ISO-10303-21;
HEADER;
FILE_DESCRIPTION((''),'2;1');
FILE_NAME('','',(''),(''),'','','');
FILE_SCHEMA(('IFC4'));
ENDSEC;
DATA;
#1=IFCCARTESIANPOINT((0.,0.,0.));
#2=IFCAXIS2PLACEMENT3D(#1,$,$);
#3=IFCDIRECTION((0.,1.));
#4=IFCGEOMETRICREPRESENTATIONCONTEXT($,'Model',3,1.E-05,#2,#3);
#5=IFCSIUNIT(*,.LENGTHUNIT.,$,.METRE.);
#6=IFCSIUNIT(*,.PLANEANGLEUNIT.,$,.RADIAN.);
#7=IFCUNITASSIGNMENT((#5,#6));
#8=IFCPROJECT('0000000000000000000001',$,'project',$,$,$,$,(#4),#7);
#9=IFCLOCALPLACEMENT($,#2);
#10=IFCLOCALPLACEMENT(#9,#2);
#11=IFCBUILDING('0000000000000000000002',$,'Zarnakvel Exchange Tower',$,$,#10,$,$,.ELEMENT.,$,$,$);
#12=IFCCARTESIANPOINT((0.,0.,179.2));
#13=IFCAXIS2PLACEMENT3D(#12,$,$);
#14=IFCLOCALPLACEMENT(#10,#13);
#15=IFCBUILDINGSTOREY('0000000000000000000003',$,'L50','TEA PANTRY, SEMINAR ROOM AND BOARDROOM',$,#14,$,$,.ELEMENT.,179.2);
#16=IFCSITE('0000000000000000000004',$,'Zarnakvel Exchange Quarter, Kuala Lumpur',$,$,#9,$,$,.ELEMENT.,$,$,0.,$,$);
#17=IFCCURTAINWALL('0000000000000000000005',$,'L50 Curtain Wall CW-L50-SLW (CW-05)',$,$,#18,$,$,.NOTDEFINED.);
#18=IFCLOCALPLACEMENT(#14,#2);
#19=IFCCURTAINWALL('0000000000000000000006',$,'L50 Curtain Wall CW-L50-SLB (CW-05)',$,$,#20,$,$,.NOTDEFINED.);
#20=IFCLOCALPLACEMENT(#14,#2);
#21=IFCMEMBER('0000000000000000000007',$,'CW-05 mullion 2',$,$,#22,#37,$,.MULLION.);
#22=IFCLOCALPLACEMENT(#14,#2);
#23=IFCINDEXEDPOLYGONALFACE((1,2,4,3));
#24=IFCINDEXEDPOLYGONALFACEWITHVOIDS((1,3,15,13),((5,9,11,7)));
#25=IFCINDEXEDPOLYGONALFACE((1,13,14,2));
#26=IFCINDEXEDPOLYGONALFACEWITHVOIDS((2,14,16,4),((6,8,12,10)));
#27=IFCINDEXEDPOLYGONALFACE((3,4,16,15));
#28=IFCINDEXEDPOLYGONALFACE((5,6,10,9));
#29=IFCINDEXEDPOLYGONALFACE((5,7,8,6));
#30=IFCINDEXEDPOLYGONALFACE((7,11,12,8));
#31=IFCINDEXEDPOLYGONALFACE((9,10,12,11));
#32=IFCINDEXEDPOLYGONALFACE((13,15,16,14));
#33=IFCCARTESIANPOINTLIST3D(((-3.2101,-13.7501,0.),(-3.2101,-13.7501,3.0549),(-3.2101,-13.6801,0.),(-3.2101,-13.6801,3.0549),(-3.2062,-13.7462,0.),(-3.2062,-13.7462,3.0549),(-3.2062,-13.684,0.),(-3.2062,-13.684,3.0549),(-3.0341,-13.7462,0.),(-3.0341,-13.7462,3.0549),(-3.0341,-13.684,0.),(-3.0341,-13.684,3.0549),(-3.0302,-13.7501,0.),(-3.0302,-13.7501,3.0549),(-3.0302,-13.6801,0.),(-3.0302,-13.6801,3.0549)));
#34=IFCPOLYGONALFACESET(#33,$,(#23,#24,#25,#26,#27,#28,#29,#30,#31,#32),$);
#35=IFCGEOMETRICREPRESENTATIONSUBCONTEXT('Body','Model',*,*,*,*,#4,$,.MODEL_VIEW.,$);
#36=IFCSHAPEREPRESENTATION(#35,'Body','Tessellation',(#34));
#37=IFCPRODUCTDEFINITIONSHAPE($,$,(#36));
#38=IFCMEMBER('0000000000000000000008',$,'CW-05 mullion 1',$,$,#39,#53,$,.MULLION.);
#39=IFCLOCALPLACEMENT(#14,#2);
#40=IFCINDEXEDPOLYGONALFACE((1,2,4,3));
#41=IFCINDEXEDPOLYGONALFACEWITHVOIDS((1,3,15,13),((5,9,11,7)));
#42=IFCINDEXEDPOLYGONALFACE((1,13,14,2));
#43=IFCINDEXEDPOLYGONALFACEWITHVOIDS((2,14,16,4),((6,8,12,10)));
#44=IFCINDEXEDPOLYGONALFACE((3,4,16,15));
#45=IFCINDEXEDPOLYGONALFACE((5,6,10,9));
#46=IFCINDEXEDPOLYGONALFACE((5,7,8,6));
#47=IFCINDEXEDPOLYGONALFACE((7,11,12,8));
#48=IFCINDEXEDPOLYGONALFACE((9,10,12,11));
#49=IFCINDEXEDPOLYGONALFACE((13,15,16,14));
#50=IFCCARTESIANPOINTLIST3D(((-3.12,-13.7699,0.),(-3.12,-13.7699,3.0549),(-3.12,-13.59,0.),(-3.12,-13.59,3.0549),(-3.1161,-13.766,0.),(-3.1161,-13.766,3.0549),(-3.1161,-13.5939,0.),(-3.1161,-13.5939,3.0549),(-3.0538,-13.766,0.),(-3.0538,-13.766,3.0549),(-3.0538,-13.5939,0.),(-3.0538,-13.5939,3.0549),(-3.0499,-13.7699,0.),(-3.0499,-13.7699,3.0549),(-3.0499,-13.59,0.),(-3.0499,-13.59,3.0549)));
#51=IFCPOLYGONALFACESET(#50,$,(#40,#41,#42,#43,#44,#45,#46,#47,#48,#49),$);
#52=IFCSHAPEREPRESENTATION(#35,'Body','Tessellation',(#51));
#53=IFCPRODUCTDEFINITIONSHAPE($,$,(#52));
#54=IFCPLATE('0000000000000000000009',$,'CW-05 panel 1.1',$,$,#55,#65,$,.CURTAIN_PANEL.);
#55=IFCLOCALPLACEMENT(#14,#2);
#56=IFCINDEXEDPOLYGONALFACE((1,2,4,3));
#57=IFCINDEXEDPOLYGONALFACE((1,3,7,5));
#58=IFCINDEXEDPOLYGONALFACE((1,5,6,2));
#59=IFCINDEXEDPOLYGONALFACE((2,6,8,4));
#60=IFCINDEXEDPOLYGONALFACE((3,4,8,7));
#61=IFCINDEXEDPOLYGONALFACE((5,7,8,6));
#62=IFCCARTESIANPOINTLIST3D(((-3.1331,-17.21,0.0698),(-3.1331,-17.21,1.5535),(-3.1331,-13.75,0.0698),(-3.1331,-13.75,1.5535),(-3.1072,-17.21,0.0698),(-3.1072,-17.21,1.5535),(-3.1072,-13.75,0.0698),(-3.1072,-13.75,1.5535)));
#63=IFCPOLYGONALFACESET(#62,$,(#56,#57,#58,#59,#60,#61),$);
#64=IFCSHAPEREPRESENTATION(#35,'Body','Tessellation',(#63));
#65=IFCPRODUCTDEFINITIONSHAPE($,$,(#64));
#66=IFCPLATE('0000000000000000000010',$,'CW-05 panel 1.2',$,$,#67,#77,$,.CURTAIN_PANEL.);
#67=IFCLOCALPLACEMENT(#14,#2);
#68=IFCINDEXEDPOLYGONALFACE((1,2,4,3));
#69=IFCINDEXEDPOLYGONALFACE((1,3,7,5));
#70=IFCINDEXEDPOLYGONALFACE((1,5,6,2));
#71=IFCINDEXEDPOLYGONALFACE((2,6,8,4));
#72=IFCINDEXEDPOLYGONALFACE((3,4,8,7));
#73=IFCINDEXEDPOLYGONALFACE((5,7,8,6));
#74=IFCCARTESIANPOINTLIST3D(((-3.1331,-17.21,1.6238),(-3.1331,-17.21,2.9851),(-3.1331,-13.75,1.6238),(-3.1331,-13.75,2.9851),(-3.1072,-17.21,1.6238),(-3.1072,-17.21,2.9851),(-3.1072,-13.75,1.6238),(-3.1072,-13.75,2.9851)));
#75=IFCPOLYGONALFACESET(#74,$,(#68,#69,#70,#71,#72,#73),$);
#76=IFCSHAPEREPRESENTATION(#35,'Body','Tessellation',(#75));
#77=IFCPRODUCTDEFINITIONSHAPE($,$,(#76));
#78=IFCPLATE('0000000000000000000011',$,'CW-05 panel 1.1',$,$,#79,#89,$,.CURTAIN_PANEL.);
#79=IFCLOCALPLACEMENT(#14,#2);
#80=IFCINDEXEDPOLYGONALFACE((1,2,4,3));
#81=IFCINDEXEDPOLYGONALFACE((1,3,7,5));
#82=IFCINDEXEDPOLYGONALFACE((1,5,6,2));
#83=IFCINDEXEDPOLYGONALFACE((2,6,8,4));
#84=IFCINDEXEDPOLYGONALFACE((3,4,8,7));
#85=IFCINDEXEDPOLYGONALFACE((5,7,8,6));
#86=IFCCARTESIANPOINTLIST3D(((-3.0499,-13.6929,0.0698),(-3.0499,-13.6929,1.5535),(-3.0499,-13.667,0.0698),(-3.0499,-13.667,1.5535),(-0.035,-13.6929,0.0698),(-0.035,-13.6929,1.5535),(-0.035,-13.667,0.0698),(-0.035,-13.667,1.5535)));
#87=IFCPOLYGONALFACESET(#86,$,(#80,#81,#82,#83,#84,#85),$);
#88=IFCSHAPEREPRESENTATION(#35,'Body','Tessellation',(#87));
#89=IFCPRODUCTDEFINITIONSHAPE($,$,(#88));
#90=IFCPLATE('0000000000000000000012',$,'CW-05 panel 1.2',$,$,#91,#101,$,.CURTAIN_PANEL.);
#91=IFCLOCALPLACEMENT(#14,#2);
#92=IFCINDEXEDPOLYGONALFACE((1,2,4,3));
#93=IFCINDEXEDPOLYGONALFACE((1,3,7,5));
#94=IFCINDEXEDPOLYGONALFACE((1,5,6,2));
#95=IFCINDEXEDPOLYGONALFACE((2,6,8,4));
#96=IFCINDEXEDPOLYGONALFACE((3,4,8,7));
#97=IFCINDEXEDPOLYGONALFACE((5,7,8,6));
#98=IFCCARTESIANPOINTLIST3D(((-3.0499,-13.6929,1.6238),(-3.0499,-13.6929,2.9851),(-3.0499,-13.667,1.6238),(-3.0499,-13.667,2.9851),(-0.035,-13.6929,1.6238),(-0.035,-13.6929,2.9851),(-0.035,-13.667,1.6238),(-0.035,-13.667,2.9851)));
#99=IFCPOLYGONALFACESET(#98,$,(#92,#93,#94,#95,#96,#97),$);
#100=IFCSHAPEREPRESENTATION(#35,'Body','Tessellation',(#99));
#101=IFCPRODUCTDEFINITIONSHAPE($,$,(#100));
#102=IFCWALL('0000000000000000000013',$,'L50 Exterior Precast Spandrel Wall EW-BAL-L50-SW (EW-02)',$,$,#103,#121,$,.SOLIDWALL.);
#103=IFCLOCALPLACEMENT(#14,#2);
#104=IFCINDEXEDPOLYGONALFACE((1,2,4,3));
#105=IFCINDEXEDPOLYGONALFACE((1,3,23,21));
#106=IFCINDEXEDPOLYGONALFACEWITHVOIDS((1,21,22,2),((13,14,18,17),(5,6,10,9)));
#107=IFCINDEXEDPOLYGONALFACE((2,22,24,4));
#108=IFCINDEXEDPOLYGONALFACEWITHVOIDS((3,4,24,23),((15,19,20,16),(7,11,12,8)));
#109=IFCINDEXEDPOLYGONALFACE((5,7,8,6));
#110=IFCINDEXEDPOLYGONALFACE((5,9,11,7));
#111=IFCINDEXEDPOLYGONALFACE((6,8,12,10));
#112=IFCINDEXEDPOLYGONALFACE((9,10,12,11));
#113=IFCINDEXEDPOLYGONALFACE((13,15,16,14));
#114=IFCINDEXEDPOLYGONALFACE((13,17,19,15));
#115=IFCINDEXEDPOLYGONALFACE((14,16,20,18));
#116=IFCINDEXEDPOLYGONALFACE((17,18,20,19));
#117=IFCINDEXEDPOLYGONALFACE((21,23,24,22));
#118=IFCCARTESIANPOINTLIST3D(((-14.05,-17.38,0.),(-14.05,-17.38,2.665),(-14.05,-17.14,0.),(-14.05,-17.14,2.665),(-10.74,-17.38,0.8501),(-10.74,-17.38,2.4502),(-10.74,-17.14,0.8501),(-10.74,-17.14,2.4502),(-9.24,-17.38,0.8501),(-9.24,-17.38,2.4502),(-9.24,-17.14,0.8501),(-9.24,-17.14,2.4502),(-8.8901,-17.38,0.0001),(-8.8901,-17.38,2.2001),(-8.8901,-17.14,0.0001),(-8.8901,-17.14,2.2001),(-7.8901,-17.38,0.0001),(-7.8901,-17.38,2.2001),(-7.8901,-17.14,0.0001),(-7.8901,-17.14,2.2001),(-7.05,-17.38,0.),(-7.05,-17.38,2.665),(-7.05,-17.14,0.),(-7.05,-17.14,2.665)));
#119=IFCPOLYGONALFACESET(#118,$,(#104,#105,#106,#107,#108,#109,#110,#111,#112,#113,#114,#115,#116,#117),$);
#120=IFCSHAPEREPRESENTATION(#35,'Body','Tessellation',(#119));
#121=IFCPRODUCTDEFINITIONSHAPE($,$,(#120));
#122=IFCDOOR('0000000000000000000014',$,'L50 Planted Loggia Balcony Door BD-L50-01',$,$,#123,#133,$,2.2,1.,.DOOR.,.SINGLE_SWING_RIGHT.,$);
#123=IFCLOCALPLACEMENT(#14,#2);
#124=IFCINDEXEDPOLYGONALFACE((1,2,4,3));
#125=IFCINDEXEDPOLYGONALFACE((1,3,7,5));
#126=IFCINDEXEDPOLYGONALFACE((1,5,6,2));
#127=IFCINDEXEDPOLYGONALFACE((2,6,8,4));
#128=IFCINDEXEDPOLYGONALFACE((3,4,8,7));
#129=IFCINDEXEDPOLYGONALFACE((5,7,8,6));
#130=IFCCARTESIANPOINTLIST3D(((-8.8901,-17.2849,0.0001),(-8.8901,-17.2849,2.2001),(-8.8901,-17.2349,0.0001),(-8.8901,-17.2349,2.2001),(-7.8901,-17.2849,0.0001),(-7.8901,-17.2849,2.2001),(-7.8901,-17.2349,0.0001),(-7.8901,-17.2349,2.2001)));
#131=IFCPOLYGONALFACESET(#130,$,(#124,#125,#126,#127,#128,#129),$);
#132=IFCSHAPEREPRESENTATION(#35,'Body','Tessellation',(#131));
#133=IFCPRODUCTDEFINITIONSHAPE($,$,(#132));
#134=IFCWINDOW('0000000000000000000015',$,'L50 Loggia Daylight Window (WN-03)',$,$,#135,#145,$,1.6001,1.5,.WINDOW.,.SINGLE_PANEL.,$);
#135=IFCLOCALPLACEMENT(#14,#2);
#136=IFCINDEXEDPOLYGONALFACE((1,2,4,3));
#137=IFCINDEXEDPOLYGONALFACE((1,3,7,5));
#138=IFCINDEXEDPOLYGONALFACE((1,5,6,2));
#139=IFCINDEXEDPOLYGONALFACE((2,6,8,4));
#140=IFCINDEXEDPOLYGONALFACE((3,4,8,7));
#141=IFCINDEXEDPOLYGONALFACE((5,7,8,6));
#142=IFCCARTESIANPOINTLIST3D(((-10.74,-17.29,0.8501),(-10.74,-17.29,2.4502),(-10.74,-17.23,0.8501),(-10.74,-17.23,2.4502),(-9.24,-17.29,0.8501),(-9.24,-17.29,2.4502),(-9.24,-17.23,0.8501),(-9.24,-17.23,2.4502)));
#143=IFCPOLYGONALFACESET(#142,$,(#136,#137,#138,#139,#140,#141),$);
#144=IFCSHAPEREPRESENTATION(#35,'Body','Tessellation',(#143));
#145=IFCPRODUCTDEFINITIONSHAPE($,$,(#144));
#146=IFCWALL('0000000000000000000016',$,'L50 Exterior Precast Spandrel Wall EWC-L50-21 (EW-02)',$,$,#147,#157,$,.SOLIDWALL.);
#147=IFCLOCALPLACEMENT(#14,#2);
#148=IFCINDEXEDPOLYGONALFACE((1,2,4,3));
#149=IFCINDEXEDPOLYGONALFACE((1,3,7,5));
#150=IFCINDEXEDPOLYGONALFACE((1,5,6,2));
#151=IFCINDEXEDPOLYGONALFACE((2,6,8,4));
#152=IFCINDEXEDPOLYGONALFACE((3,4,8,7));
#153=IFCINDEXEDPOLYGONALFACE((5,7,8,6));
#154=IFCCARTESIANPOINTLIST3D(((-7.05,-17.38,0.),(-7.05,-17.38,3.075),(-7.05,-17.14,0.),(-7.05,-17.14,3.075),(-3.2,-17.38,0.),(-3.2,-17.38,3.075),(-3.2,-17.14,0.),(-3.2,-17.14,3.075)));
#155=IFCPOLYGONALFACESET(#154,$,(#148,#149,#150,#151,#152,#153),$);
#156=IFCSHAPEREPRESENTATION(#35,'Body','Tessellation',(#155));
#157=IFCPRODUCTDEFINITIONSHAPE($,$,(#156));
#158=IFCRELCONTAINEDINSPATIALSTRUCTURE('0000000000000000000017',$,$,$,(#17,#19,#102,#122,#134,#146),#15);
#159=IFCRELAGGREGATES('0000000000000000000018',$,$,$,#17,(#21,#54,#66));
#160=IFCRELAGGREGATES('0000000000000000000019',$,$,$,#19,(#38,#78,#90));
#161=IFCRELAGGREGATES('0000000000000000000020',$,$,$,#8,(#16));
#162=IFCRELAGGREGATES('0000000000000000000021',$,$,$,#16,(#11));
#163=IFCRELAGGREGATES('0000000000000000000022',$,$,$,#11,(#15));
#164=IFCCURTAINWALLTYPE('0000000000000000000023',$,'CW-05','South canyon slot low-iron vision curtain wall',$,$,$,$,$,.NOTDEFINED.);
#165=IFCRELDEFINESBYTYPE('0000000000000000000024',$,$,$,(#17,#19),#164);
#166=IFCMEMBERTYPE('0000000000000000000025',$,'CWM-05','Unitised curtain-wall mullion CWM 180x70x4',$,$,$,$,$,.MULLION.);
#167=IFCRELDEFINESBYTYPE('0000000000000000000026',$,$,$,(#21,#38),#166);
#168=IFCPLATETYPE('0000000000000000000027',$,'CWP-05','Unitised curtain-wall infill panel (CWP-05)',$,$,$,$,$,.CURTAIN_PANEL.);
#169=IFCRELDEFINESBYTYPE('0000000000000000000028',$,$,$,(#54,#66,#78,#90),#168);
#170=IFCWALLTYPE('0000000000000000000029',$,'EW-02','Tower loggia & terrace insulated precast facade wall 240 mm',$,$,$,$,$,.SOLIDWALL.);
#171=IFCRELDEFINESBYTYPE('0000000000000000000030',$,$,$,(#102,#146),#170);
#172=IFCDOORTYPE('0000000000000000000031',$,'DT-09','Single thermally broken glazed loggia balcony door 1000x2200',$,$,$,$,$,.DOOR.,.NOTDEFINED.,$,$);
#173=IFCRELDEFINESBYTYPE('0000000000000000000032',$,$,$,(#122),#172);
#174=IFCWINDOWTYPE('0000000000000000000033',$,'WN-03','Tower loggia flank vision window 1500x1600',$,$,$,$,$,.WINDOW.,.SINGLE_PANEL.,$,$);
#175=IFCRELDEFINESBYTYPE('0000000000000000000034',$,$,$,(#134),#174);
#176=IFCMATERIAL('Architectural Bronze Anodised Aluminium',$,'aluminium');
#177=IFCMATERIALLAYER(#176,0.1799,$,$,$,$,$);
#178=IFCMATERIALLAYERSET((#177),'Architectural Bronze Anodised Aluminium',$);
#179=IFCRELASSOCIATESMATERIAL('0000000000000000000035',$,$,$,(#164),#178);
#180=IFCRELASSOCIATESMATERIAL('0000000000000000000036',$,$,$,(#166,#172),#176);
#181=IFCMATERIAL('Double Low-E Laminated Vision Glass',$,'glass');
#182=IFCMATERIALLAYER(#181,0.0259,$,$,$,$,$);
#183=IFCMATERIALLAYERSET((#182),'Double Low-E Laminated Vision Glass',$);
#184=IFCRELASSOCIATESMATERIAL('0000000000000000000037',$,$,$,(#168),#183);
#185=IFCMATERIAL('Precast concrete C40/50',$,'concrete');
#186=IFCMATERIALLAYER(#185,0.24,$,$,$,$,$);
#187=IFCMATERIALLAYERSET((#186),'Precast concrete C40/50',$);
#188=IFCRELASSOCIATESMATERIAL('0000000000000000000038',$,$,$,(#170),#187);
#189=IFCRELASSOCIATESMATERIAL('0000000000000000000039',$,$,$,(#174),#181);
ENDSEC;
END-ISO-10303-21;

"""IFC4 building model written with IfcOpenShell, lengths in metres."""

from ifc_helpers import new_model, si_unit, direction, frame, frame_2d, origin, origin_2d, place, context, subcontext, project, spatial, rectangle, hollow_rectangle, extrude, source, transform, mapped, material, layer, layer_set, material_profile, profile_set, type_object, element, fill, aggregate, save


model = new_model("IFC4")

# Units and contexts
model_context = context("Model", 3, precision=1e-05, world=origin(), true_north=direction((0.0, 1.0)))
body_context = subcontext(model_context, "Body", "Model", "MODEL_VIEW")
ifc_project = project(units=[si_unit("LENGTHUNIT", "METRE"), si_unit("PLANEANGLEUNIT", "RADIAN")], contexts=[model_context])

# Site, building, storey
site_placement = place(None, origin())
site = spatial("IfcSite", under=ifc_project, at=site_placement, Name="Zarnakvel Exchange Quarter, Kuala Lumpur", CompositionType="ELEMENT", RefElevation=0.0)
building_placement = place(site_placement, origin())
building = spatial("IfcBuilding", under=site, at=building_placement, Name="Zarnakvel Exchange Tower", CompositionType="ELEMENT")
storey_placement = place(building_placement, frame((0.0, 0.0, 179.2)))
storey = spatial("IfcBuildingStorey", under=building, at=storey_placement, Name="L50", Description="TEA PANTRY, SEMINAR ROOM AND BOARDROOM", CompositionType="ELEMENT", Elevation=179.2)

# Curtain walls
ifc_material_1 = material(Name="Architectural Bronze Anodised Aluminium", Category="aluminium")
ifc_layer_1 = layer(ifc_material_1, 0.1799)
ifc_layer_set_1 = layer_set([ifc_layer_1], Name="Architectural Bronze Anodised Aluminium")
curtain_wall_type = type_object("IfcCurtainWallType", Name="CW-05", Description="South canyon slot low-iron vision curtain wall", PredefinedType="NOTDEFINED", material=ifc_layer_set_1)
curtain_wall_1_placement = place(storey_placement, origin())
curtain_wall_1 = element("IfcCurtainWall", 1, at=curtain_wall_1_placement, inside=storey, type_object=curtain_wall_type, Name="L50 Curtain Wall CW-L50-SLW (CW-05)", PredefinedType="NOTDEFINED")
curtain_wall_2_placement = place(storey_placement, origin())
curtain_wall_2 = element("IfcCurtainWall", 2, at=curtain_wall_2_placement, inside=storey, type_object=curtain_wall_type, Name="L50 Curtain Wall CW-L50-SLB (CW-05)", PredefinedType="NOTDEFINED")

# Members
ifc_material_profile_1 = material_profile(ifc_material_1, hollow_rectangle(XDim=0.1799, YDim=0.0701, WallThickness=0.0039, at=origin_2d()))
ifc_profile_set_1 = profile_set([ifc_material_profile_1], Name="Architectural Bronze Anodised Aluminium")
member_type_1 = type_object("IfcMemberType", Name="CWM-05", Description="Unitised curtain-wall mullion CWM 180x70x4", PredefinedType="MULLION", material=ifc_profile_set_1)
shared_shape_1 = source(origin(), body_context, "Body", "SweptSolid", [
    extrude(hollow_rectangle(XDim=0.1799, YDim=0.0701, WallThickness=0.0039, at=origin_2d()), origin(), (0.0, 0.0, 1.0), 3.0549),
])
member_1_placement = place(storey_placement, frame((-3.1201, -13.7151, 0.0), z_axis=(0.0, 0.0, 1.0), x_axis=(-1.0, 0.0, 0.0)))
member_1 = element("IfcMember", 3, at=member_1_placement, type_object=member_type_1, Name="CW-05 mullion 2", PredefinedType="MULLION", context=body_context, shape_type="MappedRepresentation", body=[
    mapped(shared_shape_1, transform((0.0, 0.0, 0.0), x_axis=(1.0, 0.0, 0.0), y_axis=(0.0, 1.0, 0.0), z_axis=(0.0, 0.0, 1.0), scale=1.0)),
])
member_2_placement = place(storey_placement, frame((-3.085, -13.6799, 0.0), z_axis=(0.0, 0.0, 1.0), x_axis=(0.0, 1.0, 0.0)))
member_2 = element("IfcMember", 4, at=member_2_placement, type_object=member_type_1, Name="CW-05 mullion 1", PredefinedType="MULLION", context=body_context, shape_type="MappedRepresentation", body=[
    mapped(shared_shape_1, transform((0.0, 0.0, 0.0), x_axis=(1.0, 0.0, 0.0), y_axis=(0.0, 1.0, 0.0), z_axis=(0.0, 0.0, 1.0), scale=1.0)),
])

# Plates
ifc_material_2 = material(Name="Double Low-E Laminated Vision Glass", Category="glass")
ifc_layer_2 = layer(ifc_material_2, 0.0259)
ifc_layer_set_2 = layer_set([ifc_layer_2], Name="Double Low-E Laminated Vision Glass")
plate_type = type_object("IfcPlateType", Name="CWP-05", Description="Unitised curtain-wall infill panel (CWP-05)", PredefinedType="CURTAIN_PANEL", material=ifc_layer_set_2)
shared_shape_2 = source(origin(), body_context, "Body", "SweptSolid", [
    extrude(rectangle(XDim=3.46, YDim=0.0259, at=origin_2d()), origin(), (0.0, 0.0, 1.0), 1.4836),
])
plate_1_placement = place(storey_placement, frame((-3.1201, -15.48, 0.0698), z_axis=(0.0, 0.0, 1.0), x_axis=(0.0, 1.0, 0.0)))
plate_1 = element("IfcPlate", 5, at=plate_1_placement, type_object=plate_type, Name="CW-05 panel 1.1", PredefinedType="CURTAIN_PANEL", context=body_context, shape_type="MappedRepresentation", body=[
    mapped(shared_shape_2, transform((0.0, 0.0, 0.0), x_axis=(1.0, 0.0, 0.0), y_axis=(0.0, 1.0, 0.0), z_axis=(0.0, 0.0, 1.0), scale=1.0)),
])
shared_shape_3 = source(origin(), body_context, "Body", "SweptSolid", [
    extrude(rectangle(XDim=3.46, YDim=0.0259, at=origin_2d()), origin(), (0.0, 0.0, 1.0), 1.3613),
])
plate_2_placement = place(storey_placement, frame((-3.1201, -15.48, 1.6238), z_axis=(0.0, 0.0, 1.0), x_axis=(0.0, 1.0, 0.0)))
plate_2 = element("IfcPlate", 6, at=plate_2_placement, type_object=plate_type, Name="CW-05 panel 1.2", PredefinedType="CURTAIN_PANEL", context=body_context, shape_type="MappedRepresentation", body=[
    mapped(shared_shape_3, transform((0.0, 0.0, 0.0), x_axis=(1.0, 0.0, 0.0), y_axis=(0.0, 1.0, 0.0), z_axis=(0.0, 0.0, 1.0), scale=1.0)),
])
aggregate(curtain_wall_1, [member_1, plate_1, plate_2])
shared_shape_4 = source(origin(), body_context, "Body", "SweptSolid", [
    extrude(rectangle(XDim=3.0149, YDim=0.0259, at=origin_2d()), origin(), (0.0, 0.0, 1.0), 1.4836),
])
plate_3_placement = place(storey_placement, frame((-1.5425, -13.6799, 0.0698), z_axis=(0.0, 0.0, 1.0), x_axis=(1.0, 0.0, 0.0)))
plate_3 = element("IfcPlate", 7, at=plate_3_placement, type_object=plate_type, Name="CW-05 panel 1.1", PredefinedType="CURTAIN_PANEL", context=body_context, shape_type="MappedRepresentation", body=[
    mapped(shared_shape_4, transform((0.0, 0.0, 0.0), x_axis=(1.0, 0.0, 0.0), y_axis=(0.0, 1.0, 0.0), z_axis=(0.0, 0.0, 1.0), scale=1.0)),
])
shared_shape_5 = source(origin(), body_context, "Body", "SweptSolid", [
    extrude(rectangle(XDim=3.0149, YDim=0.0259, at=origin_2d()), origin(), (0.0, 0.0, 1.0), 1.3613),
])
plate_4_placement = place(storey_placement, frame((-1.5425, -13.6799, 1.6238), z_axis=(0.0, 0.0, 1.0), x_axis=(1.0, 0.0, 0.0)))
plate_4 = element("IfcPlate", 8, at=plate_4_placement, type_object=plate_type, Name="CW-05 panel 1.2", PredefinedType="CURTAIN_PANEL", context=body_context, shape_type="MappedRepresentation", body=[
    mapped(shared_shape_5, transform((0.0, 0.0, 0.0), x_axis=(1.0, 0.0, 0.0), y_axis=(0.0, 1.0, 0.0), z_axis=(0.0, 0.0, 1.0), scale=1.0)),
])
aggregate(curtain_wall_2, [member_2, plate_3, plate_4])

# Wall, openings, door, window
ifc_material_3 = material(Name="Precast concrete C40/50", Category="concrete")
ifc_layer_3 = layer(ifc_material_3, 0.24)
ifc_layer_set_3 = layer_set([ifc_layer_3], Name="Precast concrete C40/50")
wall_type = type_object("IfcWallType", Name="EW-02", Description="Tower loggia & terrace insulated precast facade wall 240 mm", PredefinedType="SOLIDWALL", material=ifc_layer_set_3)
wall_1_placement = place(storey_placement, frame((-7.05, -17.26, 0.0), z_axis=(0.0, 0.0, 1.0), x_axis=(-1.0, 0.0, 0.0)))
wall_1 = element("IfcWall", 9, at=wall_1_placement, inside=storey, type_object=wall_type, Name="L50 Exterior Precast Spandrel Wall EW-BAL-L50-SW (EW-02)", PredefinedType="SOLIDWALL", context=body_context, shape_type="SweptSolid", body=[
    extrude(rectangle(XDim=7.0, YDim=0.24, at=frame_2d((3.5, 0.0))), origin(), (0.0, 0.0, 1.0), 2.665),
])
opening_1_placement = place(wall_1_placement, frame((0.8401, 0.0, 0.0)))
opening_1 = element("IfcOpeningElement", 10, at=opening_1_placement, cuts=wall_1, PredefinedType="OPENING", context=body_context, shape_type="SweptSolid", body=[
    extrude(rectangle(XDim=1.0, YDim=2.2, at=frame_2d((0.5, 1.1001))), frame((0.0, 0.1299, 0.0), z_axis=(0.0, -1.0, 0.0), x_axis=(1.0, 0.0, 0.0)), (0.0, 0.0, 1.0), 0.26),
])
opening_2_placement = place(wall_1_placement, frame((2.1899, 0.0, 0.8501)))
opening_2 = element("IfcOpeningElement", 11, at=opening_2_placement, cuts=wall_1, PredefinedType="OPENING", context=body_context, shape_type="SweptSolid", body=[
    extrude(rectangle(XDim=1.5, YDim=1.6001, at=frame_2d((0.75, 0.8))), frame((0.0, 0.1299, 0.0), z_axis=(0.0, -1.0, 0.0), x_axis=(1.0, 0.0, 0.0)), (0.0, 0.0, 1.0), 0.26),
])
door_type = type_object("IfcDoorType", Name="DT-09", Description="Single thermally broken glazed loggia balcony door 1000x2200", OperationType="NOTDEFINED", PredefinedType="DOOR", material=ifc_material_1)
shared_shape_6 = source(origin(), body_context, "Body", "SweptSolid", [
    extrude(rectangle(XDim=1.0, YDim=2.2, at=frame_2d((0.5, 1.1001))), frame((0.0, 0.0249, 0.0), z_axis=(0.0, -1.0, 0.0), x_axis=(1.0, 0.0, 0.0)), (0.0, 0.0, 1.0), 0.05),
])
door_placement = place(opening_1_placement, origin())
door = element("IfcDoor", 12, at=door_placement, inside=storey, type_object=door_type, Name="L50 Planted Loggia Balcony Door BD-L50-01", OperationType="SINGLE_SWING_RIGHT", OverallHeight=2.2, OverallWidth=1.0, PredefinedType="DOOR", context=body_context, shape_type="MappedRepresentation", body=[
    mapped(shared_shape_6, transform((0.0, 0.0, 0.0), x_axis=(1.0, 0.0, 0.0), y_axis=(0.0, 1.0, 0.0), z_axis=(0.0, 0.0, 1.0), scale=1.0)),
])
fill(opening_1, door)
window_type = type_object("IfcWindowType", Name="WN-03", Description="Tower loggia flank vision window 1500x1600", PartitioningType="SINGLE_PANEL", PredefinedType="WINDOW", material=ifc_material_2)
shared_shape_7 = source(origin(), body_context, "Body", "SweptSolid", [
    extrude(rectangle(XDim=1.5, YDim=1.6001, at=frame_2d((0.75, 0.8))), frame((0.0, 0.03, 0.0), z_axis=(0.0, -1.0, 0.0), x_axis=(1.0, 0.0, 0.0)), (0.0, 0.0, 1.0), 0.0601),
])
window_placement = place(opening_2_placement, origin())
window = element("IfcWindow", 13, at=window_placement, inside=storey, type_object=window_type, Name="L50 Loggia Daylight Window (WN-03)", OverallHeight=1.6001, OverallWidth=1.5, PartitioningType="SINGLE_PANEL", PredefinedType="WINDOW", context=body_context, shape_type="MappedRepresentation", body=[
    mapped(shared_shape_7, transform((0.0, 0.0, 0.0), x_axis=(1.0, 0.0, 0.0), y_axis=(0.0, 1.0, 0.0), z_axis=(0.0, 0.0, 1.0), scale=1.0)),
])
fill(opening_2, window)

# Wall
wall_2_placement = place(storey_placement, frame((-7.05, -17.26, 0.0), z_axis=(0.0, 0.0, 1.0), x_axis=(1.0, 0.0, 0.0)))
element("IfcWall", 14, at=wall_2_placement, inside=storey, type_object=wall_type, Name="L50 Exterior Precast Spandrel Wall EWC-L50-21 (EW-02)", PredefinedType="SOLIDWALL", context=body_context, shape_type="SweptSolid", body=[
    extrude(rectangle(XDim=3.8501, YDim=0.24, at=frame_2d((1.925, 0.0))), origin(), (0.0, 0.0, 1.0), 3.075),
])

save(model, "model.ifc")
